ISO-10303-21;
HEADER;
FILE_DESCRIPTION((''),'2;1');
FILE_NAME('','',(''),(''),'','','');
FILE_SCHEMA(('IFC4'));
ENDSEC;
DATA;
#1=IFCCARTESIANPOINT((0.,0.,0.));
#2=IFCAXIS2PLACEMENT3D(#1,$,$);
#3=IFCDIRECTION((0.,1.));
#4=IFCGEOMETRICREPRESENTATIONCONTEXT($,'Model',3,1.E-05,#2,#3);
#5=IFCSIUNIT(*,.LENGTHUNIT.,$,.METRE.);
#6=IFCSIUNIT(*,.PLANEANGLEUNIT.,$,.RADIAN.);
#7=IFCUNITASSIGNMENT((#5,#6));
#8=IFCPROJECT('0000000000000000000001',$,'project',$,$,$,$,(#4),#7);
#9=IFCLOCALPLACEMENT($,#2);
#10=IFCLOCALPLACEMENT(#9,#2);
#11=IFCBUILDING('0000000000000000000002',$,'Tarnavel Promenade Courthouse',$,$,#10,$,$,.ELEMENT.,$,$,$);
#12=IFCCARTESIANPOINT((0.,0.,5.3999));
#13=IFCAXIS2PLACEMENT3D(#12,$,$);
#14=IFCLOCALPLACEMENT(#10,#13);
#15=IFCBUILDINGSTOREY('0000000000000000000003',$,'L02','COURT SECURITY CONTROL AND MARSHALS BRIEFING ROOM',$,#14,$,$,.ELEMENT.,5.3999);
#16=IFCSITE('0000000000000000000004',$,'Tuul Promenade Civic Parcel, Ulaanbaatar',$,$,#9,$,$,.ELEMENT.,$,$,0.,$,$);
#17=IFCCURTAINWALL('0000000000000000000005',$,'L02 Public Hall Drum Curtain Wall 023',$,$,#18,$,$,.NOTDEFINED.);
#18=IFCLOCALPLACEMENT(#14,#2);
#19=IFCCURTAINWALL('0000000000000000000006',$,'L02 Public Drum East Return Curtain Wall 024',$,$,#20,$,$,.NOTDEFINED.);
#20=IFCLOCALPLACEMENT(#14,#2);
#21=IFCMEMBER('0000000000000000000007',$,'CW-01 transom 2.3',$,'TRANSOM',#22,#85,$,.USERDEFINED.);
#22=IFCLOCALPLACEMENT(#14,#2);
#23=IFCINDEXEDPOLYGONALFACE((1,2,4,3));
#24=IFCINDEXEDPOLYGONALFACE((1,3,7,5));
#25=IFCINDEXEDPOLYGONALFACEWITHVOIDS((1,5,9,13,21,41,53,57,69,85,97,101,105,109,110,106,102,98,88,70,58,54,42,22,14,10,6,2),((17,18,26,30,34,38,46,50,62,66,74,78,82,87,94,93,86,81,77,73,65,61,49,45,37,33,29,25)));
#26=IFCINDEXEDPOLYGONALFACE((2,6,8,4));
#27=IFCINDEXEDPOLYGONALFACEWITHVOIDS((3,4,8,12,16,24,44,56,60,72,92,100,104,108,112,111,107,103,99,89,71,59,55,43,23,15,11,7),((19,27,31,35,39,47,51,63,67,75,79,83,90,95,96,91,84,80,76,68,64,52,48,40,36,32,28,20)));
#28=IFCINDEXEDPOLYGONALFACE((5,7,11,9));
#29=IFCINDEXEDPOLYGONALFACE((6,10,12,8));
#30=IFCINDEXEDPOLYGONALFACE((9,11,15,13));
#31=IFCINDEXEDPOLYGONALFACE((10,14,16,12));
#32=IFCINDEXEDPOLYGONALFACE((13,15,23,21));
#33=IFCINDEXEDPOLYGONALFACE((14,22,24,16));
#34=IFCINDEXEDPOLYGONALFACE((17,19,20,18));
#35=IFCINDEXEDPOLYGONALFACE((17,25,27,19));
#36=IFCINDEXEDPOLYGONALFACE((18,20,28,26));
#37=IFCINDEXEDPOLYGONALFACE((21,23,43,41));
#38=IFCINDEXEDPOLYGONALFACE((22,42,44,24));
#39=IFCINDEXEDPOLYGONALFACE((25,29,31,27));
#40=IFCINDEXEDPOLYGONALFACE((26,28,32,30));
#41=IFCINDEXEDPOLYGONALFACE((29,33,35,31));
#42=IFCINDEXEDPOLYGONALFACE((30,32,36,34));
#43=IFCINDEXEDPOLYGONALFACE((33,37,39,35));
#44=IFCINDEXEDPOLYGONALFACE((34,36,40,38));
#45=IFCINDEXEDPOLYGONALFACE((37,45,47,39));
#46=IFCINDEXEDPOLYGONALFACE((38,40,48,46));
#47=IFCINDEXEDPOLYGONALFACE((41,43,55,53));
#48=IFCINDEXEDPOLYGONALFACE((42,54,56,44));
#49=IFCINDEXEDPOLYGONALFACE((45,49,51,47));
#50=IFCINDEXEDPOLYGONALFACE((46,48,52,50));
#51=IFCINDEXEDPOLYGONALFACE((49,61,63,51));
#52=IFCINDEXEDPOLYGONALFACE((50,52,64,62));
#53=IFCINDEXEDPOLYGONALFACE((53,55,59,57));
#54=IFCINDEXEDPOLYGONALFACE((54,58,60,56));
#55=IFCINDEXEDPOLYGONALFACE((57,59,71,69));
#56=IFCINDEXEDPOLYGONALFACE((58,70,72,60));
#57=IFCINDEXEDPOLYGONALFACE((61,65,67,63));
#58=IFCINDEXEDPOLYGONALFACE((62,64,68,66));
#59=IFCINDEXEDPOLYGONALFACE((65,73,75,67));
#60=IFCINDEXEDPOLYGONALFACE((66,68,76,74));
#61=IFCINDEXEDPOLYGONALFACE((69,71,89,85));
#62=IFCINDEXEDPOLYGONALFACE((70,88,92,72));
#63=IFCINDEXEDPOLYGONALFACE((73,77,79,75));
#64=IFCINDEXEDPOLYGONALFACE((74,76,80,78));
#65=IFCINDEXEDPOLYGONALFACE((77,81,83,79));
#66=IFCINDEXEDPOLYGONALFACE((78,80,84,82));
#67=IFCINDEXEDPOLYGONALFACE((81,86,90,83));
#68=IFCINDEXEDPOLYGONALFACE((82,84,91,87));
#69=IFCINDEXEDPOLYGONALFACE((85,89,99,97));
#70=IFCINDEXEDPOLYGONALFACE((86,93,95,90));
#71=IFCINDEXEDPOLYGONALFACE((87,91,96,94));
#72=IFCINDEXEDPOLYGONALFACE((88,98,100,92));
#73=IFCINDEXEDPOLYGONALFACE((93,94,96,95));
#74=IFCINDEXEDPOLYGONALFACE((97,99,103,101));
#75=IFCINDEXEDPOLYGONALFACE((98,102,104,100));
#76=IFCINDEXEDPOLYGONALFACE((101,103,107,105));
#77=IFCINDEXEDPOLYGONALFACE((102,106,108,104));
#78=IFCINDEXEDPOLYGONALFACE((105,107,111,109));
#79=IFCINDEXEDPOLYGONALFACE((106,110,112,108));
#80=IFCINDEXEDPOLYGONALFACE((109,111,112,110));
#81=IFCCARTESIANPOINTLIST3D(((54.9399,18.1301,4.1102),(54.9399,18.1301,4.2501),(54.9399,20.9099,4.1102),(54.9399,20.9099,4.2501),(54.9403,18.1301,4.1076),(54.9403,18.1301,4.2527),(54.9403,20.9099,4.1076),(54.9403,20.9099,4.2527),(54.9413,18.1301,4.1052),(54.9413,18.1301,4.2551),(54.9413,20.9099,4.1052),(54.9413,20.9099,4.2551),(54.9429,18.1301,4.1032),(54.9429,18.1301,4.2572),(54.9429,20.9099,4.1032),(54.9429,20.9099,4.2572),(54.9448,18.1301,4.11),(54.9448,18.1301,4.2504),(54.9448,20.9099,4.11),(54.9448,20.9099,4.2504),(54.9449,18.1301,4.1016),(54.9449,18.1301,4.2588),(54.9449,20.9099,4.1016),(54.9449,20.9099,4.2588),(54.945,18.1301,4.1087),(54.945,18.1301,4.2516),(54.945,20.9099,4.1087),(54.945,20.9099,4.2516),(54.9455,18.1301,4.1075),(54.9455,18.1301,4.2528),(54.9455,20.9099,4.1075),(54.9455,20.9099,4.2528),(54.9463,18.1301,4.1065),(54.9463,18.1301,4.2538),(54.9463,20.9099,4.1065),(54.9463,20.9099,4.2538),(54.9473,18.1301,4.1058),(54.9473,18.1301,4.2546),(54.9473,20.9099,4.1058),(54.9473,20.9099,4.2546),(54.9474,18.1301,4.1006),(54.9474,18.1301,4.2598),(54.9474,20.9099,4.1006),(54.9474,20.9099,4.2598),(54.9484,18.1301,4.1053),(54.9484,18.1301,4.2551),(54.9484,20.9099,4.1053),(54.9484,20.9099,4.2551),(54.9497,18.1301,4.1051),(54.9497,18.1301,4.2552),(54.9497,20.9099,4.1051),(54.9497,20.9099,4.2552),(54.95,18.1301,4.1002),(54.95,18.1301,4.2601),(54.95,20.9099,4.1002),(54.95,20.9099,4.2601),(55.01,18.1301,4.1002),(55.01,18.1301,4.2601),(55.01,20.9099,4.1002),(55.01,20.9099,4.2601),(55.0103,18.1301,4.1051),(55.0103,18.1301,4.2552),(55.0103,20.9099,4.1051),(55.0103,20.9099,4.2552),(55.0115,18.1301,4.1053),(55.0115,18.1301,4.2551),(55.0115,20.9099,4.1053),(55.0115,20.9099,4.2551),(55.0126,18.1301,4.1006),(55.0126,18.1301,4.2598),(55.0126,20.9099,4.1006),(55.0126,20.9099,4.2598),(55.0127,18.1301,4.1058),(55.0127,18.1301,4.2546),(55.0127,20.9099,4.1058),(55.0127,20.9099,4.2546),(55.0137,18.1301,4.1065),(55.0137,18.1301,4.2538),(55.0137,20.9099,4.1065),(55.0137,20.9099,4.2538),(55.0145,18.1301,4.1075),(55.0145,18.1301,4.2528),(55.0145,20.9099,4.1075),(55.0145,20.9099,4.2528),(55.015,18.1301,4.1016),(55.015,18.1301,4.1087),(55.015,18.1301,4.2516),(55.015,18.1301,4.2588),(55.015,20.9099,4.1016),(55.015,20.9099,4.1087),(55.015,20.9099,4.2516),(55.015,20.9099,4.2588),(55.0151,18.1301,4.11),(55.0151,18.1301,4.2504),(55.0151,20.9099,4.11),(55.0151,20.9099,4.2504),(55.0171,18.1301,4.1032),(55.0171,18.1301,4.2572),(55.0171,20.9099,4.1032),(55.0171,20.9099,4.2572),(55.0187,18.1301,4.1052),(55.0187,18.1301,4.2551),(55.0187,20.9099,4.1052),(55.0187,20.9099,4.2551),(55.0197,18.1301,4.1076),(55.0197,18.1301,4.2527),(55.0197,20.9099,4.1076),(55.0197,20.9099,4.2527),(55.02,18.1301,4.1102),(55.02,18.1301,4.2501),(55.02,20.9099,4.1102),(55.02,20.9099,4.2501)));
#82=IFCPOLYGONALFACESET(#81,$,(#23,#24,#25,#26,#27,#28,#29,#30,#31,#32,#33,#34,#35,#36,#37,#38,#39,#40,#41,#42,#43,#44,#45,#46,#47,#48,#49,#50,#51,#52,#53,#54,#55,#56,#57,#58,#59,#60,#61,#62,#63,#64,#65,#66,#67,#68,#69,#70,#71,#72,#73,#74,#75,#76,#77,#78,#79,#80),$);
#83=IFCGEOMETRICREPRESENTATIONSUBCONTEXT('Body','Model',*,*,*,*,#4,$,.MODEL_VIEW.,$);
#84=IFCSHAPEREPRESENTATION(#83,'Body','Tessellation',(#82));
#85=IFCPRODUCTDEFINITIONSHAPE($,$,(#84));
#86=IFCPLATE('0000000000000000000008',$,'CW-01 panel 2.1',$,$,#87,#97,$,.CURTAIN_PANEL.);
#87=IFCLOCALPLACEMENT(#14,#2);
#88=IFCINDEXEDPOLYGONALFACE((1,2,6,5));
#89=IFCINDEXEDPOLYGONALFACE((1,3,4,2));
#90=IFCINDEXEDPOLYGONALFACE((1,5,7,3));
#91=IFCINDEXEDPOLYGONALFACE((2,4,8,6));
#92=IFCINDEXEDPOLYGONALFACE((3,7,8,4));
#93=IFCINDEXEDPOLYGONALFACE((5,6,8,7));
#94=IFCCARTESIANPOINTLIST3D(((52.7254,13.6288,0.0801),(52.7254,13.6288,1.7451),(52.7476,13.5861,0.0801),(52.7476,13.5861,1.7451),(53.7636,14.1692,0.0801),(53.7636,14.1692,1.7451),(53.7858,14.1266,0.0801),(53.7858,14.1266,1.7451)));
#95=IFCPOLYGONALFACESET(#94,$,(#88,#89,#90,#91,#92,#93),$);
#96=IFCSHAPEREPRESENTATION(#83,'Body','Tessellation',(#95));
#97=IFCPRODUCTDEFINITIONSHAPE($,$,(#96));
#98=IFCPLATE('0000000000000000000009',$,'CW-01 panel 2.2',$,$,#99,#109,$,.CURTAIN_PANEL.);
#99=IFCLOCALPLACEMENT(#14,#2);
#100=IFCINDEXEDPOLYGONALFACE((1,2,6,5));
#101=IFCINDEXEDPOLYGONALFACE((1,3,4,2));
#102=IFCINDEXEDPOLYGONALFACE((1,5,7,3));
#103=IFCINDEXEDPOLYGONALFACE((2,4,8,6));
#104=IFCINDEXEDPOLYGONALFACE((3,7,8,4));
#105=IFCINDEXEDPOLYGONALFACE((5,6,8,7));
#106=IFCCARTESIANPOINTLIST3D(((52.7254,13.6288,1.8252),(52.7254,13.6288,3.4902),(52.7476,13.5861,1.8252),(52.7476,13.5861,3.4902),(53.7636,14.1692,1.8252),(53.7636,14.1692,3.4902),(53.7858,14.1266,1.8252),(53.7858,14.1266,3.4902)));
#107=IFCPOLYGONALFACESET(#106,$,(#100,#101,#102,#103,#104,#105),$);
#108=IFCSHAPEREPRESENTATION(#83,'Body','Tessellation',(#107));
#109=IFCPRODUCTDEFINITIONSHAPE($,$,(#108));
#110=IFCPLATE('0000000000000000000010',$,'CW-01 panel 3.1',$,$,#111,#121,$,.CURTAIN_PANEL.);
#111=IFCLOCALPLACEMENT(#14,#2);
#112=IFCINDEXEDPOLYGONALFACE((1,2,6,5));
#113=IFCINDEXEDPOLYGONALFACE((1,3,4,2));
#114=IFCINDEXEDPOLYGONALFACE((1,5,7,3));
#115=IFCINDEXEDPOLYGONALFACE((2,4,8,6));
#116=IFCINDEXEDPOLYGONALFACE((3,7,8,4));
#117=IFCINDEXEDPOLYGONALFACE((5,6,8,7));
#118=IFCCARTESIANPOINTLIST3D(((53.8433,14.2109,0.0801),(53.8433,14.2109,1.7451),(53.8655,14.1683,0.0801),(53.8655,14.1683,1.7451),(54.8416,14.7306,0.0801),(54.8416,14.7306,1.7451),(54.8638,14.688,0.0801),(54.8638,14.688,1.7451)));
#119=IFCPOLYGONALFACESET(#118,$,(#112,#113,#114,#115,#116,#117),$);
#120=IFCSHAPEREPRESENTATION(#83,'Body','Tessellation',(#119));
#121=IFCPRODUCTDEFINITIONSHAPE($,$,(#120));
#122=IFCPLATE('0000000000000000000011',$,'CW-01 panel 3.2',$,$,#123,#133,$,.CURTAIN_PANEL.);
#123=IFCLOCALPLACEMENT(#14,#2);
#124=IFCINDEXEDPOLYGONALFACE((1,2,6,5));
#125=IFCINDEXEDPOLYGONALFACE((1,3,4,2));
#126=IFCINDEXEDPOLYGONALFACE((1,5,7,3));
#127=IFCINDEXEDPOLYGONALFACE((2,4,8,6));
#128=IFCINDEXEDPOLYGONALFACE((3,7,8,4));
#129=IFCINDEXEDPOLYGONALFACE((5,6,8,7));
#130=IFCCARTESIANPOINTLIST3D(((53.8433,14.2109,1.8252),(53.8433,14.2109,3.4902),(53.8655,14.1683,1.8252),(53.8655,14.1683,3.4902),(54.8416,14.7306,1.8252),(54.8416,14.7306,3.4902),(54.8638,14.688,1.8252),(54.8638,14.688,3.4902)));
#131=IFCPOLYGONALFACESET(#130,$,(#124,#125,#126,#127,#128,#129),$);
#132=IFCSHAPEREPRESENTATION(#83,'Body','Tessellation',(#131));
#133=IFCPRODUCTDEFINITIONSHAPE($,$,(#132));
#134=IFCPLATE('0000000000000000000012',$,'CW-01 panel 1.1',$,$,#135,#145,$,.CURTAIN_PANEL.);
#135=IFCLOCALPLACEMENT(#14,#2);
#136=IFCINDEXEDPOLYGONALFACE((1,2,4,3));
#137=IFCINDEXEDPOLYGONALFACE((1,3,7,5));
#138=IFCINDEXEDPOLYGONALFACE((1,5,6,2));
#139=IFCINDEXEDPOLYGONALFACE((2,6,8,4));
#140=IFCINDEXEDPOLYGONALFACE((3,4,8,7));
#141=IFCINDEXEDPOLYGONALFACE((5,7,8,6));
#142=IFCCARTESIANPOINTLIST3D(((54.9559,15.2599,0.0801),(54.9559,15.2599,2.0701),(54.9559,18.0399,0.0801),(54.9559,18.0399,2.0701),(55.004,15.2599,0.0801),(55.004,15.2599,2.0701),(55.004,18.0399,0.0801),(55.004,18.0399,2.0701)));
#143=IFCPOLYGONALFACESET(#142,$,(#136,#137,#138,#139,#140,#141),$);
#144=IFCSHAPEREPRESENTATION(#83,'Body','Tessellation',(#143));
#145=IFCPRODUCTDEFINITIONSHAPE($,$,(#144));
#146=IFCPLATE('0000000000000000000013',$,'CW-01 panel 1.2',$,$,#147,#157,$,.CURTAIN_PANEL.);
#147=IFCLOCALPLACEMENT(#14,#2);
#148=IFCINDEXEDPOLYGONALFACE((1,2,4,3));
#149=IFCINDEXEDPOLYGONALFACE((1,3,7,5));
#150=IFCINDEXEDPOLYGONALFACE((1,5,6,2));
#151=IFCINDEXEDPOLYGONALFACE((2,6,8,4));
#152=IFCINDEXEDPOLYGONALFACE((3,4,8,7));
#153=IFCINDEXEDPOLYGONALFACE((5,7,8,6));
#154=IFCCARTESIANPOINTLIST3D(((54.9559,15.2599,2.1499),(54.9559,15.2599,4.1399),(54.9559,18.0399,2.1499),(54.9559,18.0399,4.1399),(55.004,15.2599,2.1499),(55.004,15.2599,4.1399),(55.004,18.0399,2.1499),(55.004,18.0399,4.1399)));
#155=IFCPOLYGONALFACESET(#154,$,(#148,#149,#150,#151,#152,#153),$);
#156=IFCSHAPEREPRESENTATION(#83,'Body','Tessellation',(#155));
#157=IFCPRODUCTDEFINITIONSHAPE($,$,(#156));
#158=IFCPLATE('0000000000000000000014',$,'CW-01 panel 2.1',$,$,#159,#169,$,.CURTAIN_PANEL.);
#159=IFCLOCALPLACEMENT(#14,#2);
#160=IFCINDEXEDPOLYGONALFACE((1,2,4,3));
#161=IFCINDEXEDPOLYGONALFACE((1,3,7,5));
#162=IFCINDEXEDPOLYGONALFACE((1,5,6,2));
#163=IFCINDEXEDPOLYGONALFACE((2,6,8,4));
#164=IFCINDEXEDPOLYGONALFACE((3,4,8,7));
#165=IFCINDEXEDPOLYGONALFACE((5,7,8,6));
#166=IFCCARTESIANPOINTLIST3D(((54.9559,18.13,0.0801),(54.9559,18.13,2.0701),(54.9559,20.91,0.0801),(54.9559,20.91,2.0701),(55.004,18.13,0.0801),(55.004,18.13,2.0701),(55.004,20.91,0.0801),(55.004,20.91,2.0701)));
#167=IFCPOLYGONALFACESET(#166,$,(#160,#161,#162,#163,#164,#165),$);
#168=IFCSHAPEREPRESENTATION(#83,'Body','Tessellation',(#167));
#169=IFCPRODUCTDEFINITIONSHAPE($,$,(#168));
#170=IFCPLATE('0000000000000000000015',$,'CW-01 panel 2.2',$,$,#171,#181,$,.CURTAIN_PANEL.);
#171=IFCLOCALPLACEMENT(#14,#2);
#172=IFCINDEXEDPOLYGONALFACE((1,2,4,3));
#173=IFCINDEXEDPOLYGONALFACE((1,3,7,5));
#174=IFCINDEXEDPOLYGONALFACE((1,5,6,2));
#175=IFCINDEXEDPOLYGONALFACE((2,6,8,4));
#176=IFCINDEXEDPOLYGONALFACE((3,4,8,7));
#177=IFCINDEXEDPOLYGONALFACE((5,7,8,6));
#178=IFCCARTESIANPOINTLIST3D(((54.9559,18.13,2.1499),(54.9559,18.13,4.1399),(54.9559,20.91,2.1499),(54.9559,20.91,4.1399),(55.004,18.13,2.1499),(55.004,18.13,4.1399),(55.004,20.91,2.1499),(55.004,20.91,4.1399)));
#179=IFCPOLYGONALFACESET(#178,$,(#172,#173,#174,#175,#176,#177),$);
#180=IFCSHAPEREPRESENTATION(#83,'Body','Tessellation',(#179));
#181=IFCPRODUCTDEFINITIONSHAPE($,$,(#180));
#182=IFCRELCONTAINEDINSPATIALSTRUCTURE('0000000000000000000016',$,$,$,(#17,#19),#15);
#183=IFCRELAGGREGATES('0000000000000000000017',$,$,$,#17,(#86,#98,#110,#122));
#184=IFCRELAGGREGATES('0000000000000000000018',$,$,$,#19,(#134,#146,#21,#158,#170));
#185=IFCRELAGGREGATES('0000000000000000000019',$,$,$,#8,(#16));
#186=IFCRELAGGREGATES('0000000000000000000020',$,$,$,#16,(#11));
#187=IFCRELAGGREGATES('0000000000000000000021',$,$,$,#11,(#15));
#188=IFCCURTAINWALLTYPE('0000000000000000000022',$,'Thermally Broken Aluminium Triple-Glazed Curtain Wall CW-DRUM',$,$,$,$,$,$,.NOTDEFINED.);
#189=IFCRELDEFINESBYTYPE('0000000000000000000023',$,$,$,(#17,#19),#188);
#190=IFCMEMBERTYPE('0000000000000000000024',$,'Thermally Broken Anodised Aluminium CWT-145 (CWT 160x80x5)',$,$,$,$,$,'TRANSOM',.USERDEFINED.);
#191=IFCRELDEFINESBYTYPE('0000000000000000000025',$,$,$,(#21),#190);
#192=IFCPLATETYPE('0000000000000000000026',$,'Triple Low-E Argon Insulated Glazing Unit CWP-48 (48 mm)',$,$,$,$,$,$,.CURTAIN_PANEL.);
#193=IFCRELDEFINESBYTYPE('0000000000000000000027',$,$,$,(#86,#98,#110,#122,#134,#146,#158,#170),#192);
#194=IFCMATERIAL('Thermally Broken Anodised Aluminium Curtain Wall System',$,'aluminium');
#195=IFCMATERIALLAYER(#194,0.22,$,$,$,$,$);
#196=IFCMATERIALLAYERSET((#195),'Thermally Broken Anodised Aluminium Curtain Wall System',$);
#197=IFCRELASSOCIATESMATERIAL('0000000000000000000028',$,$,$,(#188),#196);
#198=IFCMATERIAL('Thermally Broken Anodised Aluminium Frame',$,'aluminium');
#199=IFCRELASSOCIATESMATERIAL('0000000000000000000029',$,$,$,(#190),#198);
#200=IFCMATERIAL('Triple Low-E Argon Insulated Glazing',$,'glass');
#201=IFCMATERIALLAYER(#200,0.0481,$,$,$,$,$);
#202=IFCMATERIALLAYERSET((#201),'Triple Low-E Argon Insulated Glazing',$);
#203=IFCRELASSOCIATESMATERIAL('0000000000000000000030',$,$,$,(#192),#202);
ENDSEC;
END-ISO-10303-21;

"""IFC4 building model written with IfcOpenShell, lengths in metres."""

from ifc_helpers import new_model, si_unit, direction, frame, origin, origin_2d, place, context, subcontext, project, spatial, rectangle, hollow_rectangle, extrude, material, layer, layer_set, material_profile, profile_set, type_object, element, aggregate, save


model = new_model("IFC4")

# Units and contexts
model_context = context("Model", 3, precision=1e-05, world=origin(), true_north=direction((0.0, 1.0)))
body_context = subcontext(model_context, "Body", "Model", "MODEL_VIEW")
ifc_project = project(units=[si_unit("LENGTHUNIT", "METRE"), si_unit("PLANEANGLEUNIT", "RADIAN")], contexts=[model_context])

# Site, building, storey
site_placement = place(None, origin())
site = spatial("IfcSite", under=ifc_project, at=site_placement, Name="Tuul Promenade Civic Parcel, Ulaanbaatar", CompositionType="ELEMENT", RefElevation=0.0)
building_placement = place(site_placement, origin())
building = spatial("IfcBuilding", under=site, at=building_placement, Name="Tarnavel Promenade Courthouse", CompositionType="ELEMENT")
storey_placement = place(building_placement, frame((0.0, 0.0, 5.3999)))
storey = spatial("IfcBuildingStorey", under=building, at=storey_placement, Name="L02", Description="COURT SECURITY CONTROL AND MARSHALS BRIEFING ROOM", CompositionType="ELEMENT", Elevation=5.3999)

# Curtain walls
ifc_material_1 = material(Name="Thermally Broken Anodised Aluminium Curtain Wall System", Category="aluminium")
ifc_layer_1 = layer(ifc_material_1, 0.22)
ifc_layer_set_1 = layer_set([ifc_layer_1], Name="Thermally Broken Anodised Aluminium Curtain Wall System")
curtain_wall_type = type_object("IfcCurtainWallType", Name="Thermally Broken Aluminium Triple-Glazed Curtain Wall CW-DRUM", PredefinedType="NOTDEFINED", material=ifc_layer_set_1)
curtain_wall_1_placement = place(storey_placement, origin())
curtain_wall_1 = element("IfcCurtainWall", 1, at=curtain_wall_1_placement, inside=storey, type_object=curtain_wall_type, Name="L02 Public Hall Drum Curtain Wall 023", PredefinedType="NOTDEFINED")
ifc_material_2 = material(Name="Thermally Broken Anodised Aluminium Frame", Category="aluminium")
curtain_wall_2_placement = place(storey_placement, origin())
curtain_wall_2 = element("IfcCurtainWall", 2, at=curtain_wall_2_placement, inside=storey, type_object=curtain_wall_type, Name="L02 Public Drum East Return Curtain Wall 024", PredefinedType="NOTDEFINED")

# Member
ifc_material_profile_1 = material_profile(ifc_material_2, hollow_rectangle(XDim=0.0801, YDim=0.1599, WallThickness=0.0049, InnerFilletRadius=0.0049, OuterFilletRadius=0.01, at=origin_2d()), Name="CWT 160x80x5")
ifc_profile_set_1 = profile_set([ifc_material_profile_1], Name="Thermally Broken Anodised Aluminium Frame")
member_type_1 = type_object("IfcMemberType", Name="Thermally Broken Anodised Aluminium CWT-145 (CWT 160x80x5)", ElementType="TRANSOM", PredefinedType="USERDEFINED", material=ifc_profile_set_1)
member_1_placement = place(storey_placement, frame((54.98, 18.1301, 4.1802), z_axis=(0.0, 1.0, 0.0), x_axis=(-1.0, 0.0, 0.0)))
member_1 = element("IfcMember", 3, at=member_1_placement, type_object=member_type_1, Name="CW-01 transom 2.3", ObjectType="TRANSOM", PredefinedType="USERDEFINED", context=body_context, shape_type="SweptSolid", body=[
    extrude(hollow_rectangle(XDim=0.0801, YDim=0.1599, WallThickness=0.0049, InnerFilletRadius=0.0049, OuterFilletRadius=0.01, at=origin_2d()), origin(), (0.0, 0.0, 1.0), 2.7798),
])

# Plates
ifc_material_3 = material(Name="Triple Low-E Argon Insulated Glazing", Category="glass")
ifc_layer_2 = layer(ifc_material_3, 0.0481)
ifc_layer_set_2 = layer_set([ifc_layer_2], Name="Triple Low-E Argon Insulated Glazing")
plate_type = type_object("IfcPlateType", Name="Triple Low-E Argon Insulated Glazing Unit CWP-48 (48 mm)", PredefinedType="CURTAIN_PANEL", material=ifc_layer_set_2)
plate_1_placement = place(storey_placement, frame((53.2556, 13.8777, 0.0801), z_axis=(0.0, 0.0, 1.0), x_axis=(0.887011, 0.461747, 0.0)))
plate_1 = element("IfcPlate", 4, at=plate_1_placement, type_object=plate_type, Name="CW-01 panel 2.1", PredefinedType="CURTAIN_PANEL", context=body_context, shape_type="SweptSolid", body=[
    extrude(rectangle(XDim=1.1704, YDim=0.0481, at=origin_2d()), origin(), (0.0, 0.0, 1.0), 1.665),
])
plate_2_placement = place(storey_placement, frame((53.2556, 13.8777, 1.8252), z_axis=(0.0, 0.0, 1.0), x_axis=(0.887011, 0.461747, 0.0)))
plate_2 = element("IfcPlate", 5, at=plate_2_placement, type_object=plate_type, Name="CW-01 panel 2.2", PredefinedType="CURTAIN_PANEL", context=body_context, shape_type="SweptSolid", body=[
    extrude(rectangle(XDim=1.1704, YDim=0.0481, at=origin_2d()), origin(), (0.0, 0.0, 1.0), 1.665),
])
plate_3_placement = place(storey_placement, frame((54.3535, 14.4495, 0.0801), z_axis=(0.0, 0.0, 1.0), x_axis=(0.887011, 0.461747, 0.0)))
plate_3 = element("IfcPlate", 6, at=plate_3_placement, type_object=plate_type, Name="CW-01 panel 3.1", PredefinedType="CURTAIN_PANEL", context=body_context, shape_type="SweptSolid", body=[
    extrude(rectangle(XDim=1.1255, YDim=0.0481, at=origin_2d()), origin(), (0.0, 0.0, 1.0), 1.665),
])
plate_4_placement = place(storey_placement, frame((54.3535, 14.4495, 1.8252), z_axis=(0.0, 0.0, 1.0), x_axis=(0.887011, 0.461747, 0.0)))
plate_4 = element("IfcPlate", 7, at=plate_4_placement, type_object=plate_type, Name="CW-01 panel 3.2", PredefinedType="CURTAIN_PANEL", context=body_context, shape_type="SweptSolid", body=[
    extrude(rectangle(XDim=1.1255, YDim=0.0481, at=origin_2d()), origin(), (0.0, 0.0, 1.0), 1.665),
])
aggregate(curtain_wall_1, [plate_1, plate_2, plate_3, plate_4])
plate_5_placement = place(storey_placement, frame((54.98, 16.6499, 0.0801), z_axis=(0.0, 0.0, 1.0), x_axis=(0.0, 1.0, 0.0)))
plate_5 = element("IfcPlate", 8, at=plate_5_placement, type_object=plate_type, Name="CW-01 panel 1.1", PredefinedType="CURTAIN_PANEL", context=body_context, shape_type="SweptSolid", body=[
    extrude(rectangle(XDim=2.78, YDim=0.0481, at=origin_2d()), origin(), (0.0, 0.0, 1.0), 1.99),
])
plate_6_placement = place(storey_placement, frame((54.98, 16.6499, 2.1499), z_axis=(0.0, 0.0, 1.0), x_axis=(0.0, 1.0, 0.0)))
plate_6 = element("IfcPlate", 9, at=plate_6_placement, type_object=plate_type, Name="CW-01 panel 1.2", PredefinedType="CURTAIN_PANEL", context=body_context, shape_type="SweptSolid", body=[
    extrude(rectangle(XDim=2.78, YDim=0.0481, at=origin_2d()), origin(), (0.0, 0.0, 1.0), 1.99),
])
plate_7_placement = place(storey_placement, frame((54.98, 19.52, 0.0801), z_axis=(0.0, 0.0, 1.0), x_axis=(0.0, 1.0, 0.0)))
plate_7 = element("IfcPlate", 10, at=plate_7_placement, type_object=plate_type, Name="CW-01 panel 2.1", PredefinedType="CURTAIN_PANEL", context=body_context, shape_type="SweptSolid", body=[
    extrude(rectangle(XDim=2.78, YDim=0.0481, at=origin_2d()), origin(), (0.0, 0.0, 1.0), 1.99),
])
plate_8_placement = place(storey_placement, frame((54.98, 19.52, 2.1499), z_axis=(0.0, 0.0, 1.0), x_axis=(0.0, 1.0, 0.0)))
plate_8 = element("IfcPlate", 11, at=plate_8_placement, type_object=plate_type, Name="CW-01 panel 2.2", PredefinedType="CURTAIN_PANEL", context=body_context, shape_type="SweptSolid", body=[
    extrude(rectangle(XDim=2.78, YDim=0.0481, at=origin_2d()), origin(), (0.0, 0.0, 1.0), 1.99),
])
aggregate(curtain_wall_2, [plate_5, plate_6, member_1, plate_7, plate_8])

save(model, "model.ifc")
